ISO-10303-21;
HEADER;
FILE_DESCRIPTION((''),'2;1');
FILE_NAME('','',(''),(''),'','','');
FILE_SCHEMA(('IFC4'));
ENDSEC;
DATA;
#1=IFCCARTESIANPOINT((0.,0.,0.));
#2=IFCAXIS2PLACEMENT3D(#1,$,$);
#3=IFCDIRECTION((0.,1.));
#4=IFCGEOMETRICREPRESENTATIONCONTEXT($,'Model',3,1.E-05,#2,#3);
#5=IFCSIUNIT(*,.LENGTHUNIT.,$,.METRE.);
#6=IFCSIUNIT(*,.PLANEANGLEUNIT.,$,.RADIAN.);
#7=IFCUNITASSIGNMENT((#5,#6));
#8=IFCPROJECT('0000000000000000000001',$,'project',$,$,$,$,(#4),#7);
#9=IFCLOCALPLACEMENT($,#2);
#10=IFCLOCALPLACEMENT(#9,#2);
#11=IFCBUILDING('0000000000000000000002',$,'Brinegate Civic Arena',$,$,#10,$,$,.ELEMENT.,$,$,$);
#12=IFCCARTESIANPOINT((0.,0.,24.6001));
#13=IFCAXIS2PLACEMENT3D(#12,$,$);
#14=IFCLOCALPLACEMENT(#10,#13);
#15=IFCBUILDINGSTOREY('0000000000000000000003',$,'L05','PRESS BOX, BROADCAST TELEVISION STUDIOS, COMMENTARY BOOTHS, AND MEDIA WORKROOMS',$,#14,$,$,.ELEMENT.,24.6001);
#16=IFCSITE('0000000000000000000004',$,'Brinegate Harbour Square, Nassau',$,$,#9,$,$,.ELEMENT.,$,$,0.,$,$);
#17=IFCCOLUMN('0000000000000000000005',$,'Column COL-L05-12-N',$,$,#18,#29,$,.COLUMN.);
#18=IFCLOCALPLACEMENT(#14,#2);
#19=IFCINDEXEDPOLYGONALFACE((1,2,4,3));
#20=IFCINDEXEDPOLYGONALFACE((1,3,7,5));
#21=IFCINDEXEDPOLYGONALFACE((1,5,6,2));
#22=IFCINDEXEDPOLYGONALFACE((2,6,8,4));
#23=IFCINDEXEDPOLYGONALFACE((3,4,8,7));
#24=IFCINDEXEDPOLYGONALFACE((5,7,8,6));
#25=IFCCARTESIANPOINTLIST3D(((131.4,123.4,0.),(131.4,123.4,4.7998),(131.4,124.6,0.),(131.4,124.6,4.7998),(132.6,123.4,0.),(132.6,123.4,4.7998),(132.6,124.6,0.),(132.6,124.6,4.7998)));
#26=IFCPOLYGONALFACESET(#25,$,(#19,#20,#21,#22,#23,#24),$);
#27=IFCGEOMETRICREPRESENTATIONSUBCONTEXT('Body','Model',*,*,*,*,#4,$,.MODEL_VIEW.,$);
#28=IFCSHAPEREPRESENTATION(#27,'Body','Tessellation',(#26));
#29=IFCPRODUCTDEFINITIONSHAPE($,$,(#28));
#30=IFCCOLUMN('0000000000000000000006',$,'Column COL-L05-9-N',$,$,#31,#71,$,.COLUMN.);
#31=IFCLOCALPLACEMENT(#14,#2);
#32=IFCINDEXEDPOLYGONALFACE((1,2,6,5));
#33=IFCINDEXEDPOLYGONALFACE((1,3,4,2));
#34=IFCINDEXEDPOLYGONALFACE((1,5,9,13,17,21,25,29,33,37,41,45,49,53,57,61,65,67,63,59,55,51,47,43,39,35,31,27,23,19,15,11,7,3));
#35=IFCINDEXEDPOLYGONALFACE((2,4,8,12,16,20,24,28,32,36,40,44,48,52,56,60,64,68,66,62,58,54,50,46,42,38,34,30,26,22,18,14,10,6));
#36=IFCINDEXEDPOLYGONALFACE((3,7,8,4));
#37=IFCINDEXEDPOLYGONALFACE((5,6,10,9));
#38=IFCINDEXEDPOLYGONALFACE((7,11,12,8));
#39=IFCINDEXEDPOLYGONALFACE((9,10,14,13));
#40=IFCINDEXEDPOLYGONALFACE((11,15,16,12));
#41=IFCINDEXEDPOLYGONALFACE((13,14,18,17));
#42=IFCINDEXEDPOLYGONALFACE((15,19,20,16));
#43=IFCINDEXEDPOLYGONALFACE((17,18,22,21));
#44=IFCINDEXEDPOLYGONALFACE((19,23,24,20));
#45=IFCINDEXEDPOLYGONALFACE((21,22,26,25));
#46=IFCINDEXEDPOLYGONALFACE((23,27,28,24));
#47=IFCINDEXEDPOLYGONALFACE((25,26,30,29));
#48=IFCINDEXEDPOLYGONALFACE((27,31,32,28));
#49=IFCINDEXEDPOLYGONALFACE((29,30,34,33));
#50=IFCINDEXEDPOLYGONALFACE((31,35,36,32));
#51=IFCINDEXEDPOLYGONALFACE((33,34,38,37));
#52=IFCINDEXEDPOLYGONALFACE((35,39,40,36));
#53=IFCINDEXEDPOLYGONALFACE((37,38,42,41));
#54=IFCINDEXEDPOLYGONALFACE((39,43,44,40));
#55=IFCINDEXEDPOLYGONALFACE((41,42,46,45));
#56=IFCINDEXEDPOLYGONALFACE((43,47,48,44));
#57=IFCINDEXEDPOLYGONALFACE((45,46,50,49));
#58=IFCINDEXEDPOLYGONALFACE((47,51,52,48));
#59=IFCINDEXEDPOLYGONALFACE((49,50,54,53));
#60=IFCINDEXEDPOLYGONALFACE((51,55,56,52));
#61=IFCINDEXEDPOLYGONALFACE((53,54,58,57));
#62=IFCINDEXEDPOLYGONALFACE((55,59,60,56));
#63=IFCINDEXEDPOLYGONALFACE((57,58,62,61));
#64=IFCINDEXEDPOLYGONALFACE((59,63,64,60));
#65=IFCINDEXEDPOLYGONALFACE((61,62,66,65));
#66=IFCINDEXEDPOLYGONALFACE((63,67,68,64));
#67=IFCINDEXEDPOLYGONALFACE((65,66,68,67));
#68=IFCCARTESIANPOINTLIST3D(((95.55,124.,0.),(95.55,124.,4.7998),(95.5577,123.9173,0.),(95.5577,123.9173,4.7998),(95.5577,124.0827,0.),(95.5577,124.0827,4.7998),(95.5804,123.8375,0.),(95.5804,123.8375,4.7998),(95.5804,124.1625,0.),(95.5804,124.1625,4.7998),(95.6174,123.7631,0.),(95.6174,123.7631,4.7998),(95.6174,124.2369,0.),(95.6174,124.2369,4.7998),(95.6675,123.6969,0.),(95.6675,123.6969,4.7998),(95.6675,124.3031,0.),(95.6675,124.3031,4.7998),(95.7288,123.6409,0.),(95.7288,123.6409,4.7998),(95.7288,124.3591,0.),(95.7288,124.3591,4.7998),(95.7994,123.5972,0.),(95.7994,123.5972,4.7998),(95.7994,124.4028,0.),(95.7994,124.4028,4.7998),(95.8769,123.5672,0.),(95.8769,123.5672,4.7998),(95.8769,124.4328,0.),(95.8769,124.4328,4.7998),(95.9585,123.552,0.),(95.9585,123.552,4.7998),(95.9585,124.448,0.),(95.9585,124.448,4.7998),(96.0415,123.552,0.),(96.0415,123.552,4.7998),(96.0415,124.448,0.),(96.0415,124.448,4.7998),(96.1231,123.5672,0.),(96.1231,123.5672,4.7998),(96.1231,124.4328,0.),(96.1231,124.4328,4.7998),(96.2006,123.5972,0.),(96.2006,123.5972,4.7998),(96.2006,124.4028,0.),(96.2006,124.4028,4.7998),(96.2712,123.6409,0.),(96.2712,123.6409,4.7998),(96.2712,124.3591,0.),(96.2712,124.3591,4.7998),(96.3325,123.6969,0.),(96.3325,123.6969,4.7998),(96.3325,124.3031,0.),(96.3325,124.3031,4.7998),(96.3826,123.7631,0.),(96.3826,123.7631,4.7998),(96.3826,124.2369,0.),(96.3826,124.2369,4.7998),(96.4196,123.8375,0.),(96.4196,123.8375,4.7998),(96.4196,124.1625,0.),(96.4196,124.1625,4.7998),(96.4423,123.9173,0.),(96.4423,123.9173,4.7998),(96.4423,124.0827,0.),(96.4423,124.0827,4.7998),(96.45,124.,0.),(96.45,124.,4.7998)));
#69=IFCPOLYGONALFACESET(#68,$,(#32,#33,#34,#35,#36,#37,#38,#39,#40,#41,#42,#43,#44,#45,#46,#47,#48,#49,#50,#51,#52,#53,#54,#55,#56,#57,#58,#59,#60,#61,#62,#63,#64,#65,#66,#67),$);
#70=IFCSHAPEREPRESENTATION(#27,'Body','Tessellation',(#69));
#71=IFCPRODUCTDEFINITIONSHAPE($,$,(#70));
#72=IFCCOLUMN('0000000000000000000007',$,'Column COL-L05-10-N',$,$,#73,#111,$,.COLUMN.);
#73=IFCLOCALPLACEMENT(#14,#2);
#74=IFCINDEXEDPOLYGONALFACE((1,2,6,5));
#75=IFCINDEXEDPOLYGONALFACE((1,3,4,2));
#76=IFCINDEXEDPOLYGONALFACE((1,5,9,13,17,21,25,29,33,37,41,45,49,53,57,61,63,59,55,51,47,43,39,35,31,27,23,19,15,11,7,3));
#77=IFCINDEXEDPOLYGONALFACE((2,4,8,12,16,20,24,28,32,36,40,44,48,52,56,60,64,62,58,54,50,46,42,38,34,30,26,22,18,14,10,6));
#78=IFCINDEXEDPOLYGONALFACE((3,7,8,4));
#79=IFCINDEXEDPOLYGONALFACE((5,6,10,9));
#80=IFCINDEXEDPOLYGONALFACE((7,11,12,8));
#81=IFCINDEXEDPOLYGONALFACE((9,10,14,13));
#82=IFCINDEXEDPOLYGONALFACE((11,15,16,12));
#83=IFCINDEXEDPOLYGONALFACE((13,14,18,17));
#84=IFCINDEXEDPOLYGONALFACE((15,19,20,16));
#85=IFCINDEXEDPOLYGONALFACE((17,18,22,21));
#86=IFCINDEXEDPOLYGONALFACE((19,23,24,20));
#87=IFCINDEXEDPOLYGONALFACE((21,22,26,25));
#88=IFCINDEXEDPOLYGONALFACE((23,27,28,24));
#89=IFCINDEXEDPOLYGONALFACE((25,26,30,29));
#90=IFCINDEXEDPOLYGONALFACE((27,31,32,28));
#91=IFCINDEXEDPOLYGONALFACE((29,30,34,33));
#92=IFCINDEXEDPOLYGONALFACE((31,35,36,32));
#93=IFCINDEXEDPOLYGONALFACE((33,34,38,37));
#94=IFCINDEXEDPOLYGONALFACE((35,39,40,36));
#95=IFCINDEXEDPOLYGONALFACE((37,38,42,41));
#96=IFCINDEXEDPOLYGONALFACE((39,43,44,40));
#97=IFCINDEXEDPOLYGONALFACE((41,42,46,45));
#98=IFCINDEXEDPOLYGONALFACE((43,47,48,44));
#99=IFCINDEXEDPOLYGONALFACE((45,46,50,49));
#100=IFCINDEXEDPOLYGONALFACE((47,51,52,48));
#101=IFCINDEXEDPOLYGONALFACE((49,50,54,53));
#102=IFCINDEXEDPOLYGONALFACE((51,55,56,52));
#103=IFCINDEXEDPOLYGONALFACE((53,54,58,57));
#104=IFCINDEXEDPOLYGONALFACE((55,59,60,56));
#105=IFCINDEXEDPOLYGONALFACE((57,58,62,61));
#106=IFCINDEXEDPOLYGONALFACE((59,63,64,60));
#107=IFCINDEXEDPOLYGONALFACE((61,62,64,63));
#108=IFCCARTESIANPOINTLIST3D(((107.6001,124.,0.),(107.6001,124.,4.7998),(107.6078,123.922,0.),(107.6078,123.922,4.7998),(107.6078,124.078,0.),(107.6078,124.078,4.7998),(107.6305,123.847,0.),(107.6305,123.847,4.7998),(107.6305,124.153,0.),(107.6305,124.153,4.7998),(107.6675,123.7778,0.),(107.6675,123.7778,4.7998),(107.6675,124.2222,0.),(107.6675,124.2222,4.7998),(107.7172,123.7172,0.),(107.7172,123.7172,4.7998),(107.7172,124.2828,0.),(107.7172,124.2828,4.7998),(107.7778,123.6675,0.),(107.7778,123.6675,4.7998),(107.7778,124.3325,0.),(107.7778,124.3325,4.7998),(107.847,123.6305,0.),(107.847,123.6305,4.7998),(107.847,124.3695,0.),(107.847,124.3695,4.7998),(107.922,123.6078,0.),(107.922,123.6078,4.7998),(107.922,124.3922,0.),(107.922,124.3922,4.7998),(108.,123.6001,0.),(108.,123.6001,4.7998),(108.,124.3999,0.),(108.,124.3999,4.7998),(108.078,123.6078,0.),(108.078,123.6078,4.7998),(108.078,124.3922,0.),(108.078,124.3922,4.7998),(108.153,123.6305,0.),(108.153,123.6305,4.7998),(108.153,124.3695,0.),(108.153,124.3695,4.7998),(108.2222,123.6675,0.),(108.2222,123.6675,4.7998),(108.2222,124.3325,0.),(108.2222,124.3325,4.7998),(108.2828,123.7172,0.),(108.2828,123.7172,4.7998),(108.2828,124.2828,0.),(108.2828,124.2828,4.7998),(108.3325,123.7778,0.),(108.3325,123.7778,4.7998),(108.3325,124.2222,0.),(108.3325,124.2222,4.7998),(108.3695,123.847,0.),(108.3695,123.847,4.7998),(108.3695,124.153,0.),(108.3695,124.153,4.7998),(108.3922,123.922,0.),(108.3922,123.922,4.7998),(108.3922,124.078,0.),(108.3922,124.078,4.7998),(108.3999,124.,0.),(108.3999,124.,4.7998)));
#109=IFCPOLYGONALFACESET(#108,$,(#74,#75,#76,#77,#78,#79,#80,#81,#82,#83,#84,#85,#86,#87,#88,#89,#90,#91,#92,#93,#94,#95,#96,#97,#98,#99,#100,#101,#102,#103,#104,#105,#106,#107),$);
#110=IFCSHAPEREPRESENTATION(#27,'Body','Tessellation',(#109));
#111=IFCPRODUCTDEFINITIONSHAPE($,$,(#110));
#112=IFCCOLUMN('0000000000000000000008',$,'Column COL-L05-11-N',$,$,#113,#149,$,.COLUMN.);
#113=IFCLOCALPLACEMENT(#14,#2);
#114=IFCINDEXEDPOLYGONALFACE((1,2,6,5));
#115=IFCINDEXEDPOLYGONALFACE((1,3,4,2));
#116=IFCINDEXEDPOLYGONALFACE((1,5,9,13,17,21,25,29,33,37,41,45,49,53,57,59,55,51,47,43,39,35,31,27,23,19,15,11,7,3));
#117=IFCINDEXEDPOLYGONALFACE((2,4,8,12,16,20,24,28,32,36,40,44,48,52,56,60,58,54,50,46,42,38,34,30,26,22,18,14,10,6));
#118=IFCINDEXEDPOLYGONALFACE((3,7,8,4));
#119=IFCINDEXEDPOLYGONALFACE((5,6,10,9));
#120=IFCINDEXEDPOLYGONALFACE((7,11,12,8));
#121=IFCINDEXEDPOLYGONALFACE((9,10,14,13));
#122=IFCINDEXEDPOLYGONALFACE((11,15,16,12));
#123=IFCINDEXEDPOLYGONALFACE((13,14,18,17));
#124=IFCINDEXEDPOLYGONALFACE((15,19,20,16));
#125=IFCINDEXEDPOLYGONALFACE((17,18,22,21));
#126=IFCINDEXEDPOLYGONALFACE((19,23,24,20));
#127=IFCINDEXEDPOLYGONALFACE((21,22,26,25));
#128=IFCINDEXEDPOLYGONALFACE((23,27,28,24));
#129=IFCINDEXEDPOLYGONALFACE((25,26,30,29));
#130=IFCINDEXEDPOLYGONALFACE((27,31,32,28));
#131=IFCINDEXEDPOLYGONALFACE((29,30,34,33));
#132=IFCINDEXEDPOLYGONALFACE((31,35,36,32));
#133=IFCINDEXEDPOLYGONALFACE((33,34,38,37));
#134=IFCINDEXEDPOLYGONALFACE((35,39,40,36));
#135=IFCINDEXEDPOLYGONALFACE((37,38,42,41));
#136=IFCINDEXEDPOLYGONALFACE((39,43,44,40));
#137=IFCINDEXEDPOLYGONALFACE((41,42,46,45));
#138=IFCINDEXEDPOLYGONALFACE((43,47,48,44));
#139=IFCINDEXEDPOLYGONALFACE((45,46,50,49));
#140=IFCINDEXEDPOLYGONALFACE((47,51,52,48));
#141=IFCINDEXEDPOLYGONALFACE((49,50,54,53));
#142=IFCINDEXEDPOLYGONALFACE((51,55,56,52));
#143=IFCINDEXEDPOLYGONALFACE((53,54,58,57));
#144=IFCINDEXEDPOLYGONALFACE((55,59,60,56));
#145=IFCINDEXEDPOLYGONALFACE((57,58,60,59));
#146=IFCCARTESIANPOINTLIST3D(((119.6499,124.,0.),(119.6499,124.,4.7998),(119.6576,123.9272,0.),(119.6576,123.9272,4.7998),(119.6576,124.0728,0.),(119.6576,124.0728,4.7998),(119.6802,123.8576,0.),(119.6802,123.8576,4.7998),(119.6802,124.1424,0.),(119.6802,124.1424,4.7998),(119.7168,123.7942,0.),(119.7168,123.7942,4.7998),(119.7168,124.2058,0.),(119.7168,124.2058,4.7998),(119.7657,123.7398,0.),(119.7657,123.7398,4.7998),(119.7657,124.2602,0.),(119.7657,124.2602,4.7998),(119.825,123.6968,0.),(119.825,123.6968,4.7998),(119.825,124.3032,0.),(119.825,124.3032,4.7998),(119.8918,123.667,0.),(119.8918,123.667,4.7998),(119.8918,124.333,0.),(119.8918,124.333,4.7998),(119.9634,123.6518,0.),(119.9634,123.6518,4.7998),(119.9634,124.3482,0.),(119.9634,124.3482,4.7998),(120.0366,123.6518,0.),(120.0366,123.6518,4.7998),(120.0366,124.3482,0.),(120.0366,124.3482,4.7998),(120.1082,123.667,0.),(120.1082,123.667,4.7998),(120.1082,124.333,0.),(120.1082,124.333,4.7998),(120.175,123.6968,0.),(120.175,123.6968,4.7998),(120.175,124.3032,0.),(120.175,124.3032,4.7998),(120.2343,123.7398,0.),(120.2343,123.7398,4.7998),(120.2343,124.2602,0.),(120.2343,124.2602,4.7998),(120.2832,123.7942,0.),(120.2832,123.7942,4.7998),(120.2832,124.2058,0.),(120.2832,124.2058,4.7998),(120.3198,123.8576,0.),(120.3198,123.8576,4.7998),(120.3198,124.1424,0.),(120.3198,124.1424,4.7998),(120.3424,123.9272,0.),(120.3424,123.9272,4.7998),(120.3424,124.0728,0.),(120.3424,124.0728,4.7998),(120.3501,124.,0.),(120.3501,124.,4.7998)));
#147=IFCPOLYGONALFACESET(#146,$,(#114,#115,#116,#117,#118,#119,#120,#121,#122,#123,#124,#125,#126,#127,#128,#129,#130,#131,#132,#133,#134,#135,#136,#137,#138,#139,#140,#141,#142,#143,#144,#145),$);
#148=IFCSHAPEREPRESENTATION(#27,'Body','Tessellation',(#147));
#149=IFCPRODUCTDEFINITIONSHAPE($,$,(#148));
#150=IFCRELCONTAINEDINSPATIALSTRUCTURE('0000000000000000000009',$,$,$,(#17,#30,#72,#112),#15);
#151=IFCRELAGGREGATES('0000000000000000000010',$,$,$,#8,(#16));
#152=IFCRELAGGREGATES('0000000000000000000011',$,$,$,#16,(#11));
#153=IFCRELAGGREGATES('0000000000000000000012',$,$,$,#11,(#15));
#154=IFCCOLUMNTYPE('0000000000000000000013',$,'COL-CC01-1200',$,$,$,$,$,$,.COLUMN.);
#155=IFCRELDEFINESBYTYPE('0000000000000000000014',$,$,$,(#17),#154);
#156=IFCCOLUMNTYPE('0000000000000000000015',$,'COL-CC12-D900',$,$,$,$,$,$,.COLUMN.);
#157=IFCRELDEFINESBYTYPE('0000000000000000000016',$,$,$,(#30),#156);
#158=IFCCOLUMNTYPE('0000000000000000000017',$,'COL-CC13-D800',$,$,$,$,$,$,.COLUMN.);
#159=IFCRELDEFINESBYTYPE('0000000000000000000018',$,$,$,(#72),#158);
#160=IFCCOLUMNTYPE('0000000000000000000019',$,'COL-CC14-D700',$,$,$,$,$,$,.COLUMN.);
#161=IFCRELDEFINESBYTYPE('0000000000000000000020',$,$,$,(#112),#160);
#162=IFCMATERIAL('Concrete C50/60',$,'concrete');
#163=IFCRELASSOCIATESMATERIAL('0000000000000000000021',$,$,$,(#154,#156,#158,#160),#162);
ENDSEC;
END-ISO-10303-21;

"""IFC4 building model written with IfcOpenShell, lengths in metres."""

from ifc_helpers import new_model, si_unit, direction, frame, origin, origin_2d, place, context, subcontext, project, spatial, rectangle, circle, extrude, material, material_profile, profile_set, type_object, element, save


model = new_model("IFC4")

# Units and contexts
model_context = context("Model", 3, precision=1e-05, world=origin(), true_north=direction((0.0, 1.0)))
body_context = subcontext(model_context, "Body", "Model", "MODEL_VIEW")
ifc_project = project(units=[si_unit("LENGTHUNIT", "METRE"), si_unit("PLANEANGLEUNIT", "RADIAN")], contexts=[model_context])

# Site, building, storey
site_placement = place(None, origin())
site = spatial("IfcSite", under=ifc_project, at=site_placement, Name="Brinegate Harbour Square, Nassau", CompositionType="ELEMENT", RefElevation=0.0)
building_placement = place(site_placement, origin())
building = spatial("IfcBuilding", under=site, at=building_placement, Name="Brinegate Civic Arena", CompositionType="ELEMENT")
storey_placement = place(building_placement, frame((0.0, 0.0, 24.6001)))
storey = spatial("IfcBuildingStorey", under=building, at=storey_placement, Name="L05", Description="PRESS BOX, BROADCAST TELEVISION STUDIOS, COMMENTARY BOOTHS, AND MEDIA WORKROOMS", CompositionType="ELEMENT", Elevation=24.6001)

# Columns
ifc_material_1 = material(Name="Concrete C50/60", Category="concrete")
ifc_material_profile_1 = material_profile(ifc_material_1, rectangle(XDim=1.2, YDim=1.2, at=origin_2d()), Name="RC1200X1200")
ifc_profile_set_1 = profile_set([ifc_material_profile_1], Name="Concrete C50/60")
column_type_1 = type_object("IfcColumnType", Name="COL-CC01-1200", PredefinedType="COLUMN", material=ifc_profile_set_1)
column_1_placement = place(storey_placement, frame((132.0, 124.0, 0.0), z_axis=(0.0, 0.0, 1.0), x_axis=(1.0, 0.0, 0.0)))
element("IfcColumn", 1, at=column_1_placement, inside=storey, type_object=column_type_1, Name="Column COL-L05-12-N", PredefinedType="COLUMN", context=body_context, shape_type="SweptSolid", body=[
    extrude(rectangle(XDim=1.2, YDim=1.2, at=origin_2d()), origin(), (0.0, 0.0, 1.0), 4.7998),
])
ifc_material_profile_2 = material_profile(ifc_material_1, circle(Radius=0.45, at=origin_2d()), Name="RCD900")
ifc_profile_set_2 = profile_set([ifc_material_profile_2], Name="Concrete C50/60")
column_type_2 = type_object("IfcColumnType", Name="COL-CC12-D900", PredefinedType="COLUMN", material=ifc_profile_set_2)
column_2_placement = place(storey_placement, frame((96.0, 124.0, 0.0), z_axis=(0.0, 0.0, 1.0), x_axis=(1.0, 0.0, 0.0)))
element("IfcColumn", 2, at=column_2_placement, inside=storey, type_object=column_type_2, Name="Column COL-L05-9-N", PredefinedType="COLUMN", context=body_context, shape_type="SweptSolid", body=[
    extrude(circle(Radius=0.45, at=origin_2d()), origin(), (0.0, 0.0, 1.0), 4.7998),
])
ifc_material_profile_3 = material_profile(ifc_material_1, circle(Radius=0.3999, at=origin_2d()), Name="RCD800")
ifc_profile_set_3 = profile_set([ifc_material_profile_3], Name="Concrete C50/60")
column_type_3 = type_object("IfcColumnType", Name="COL-CC13-D800", PredefinedType="COLUMN", material=ifc_profile_set_3)
column_3_placement = place(storey_placement, frame((108.0, 124.0, 0.0), z_axis=(0.0, 0.0, 1.0), x_axis=(1.0, 0.0, 0.0)))
element("IfcColumn", 3, at=column_3_placement, inside=storey, type_object=column_type_3, Name="Column COL-L05-10-N", PredefinedType="COLUMN", context=body_context, shape_type="SweptSolid", body=[
    extrude(circle(Radius=0.3999, at=origin_2d()), origin(), (0.0, 0.0, 1.0), 4.7998),
])
ifc_material_profile_4 = material_profile(ifc_material_1, circle(Radius=0.3501, at=origin_2d()), Name="RCD700")
ifc_profile_set_4 = profile_set([ifc_material_profile_4], Name="Concrete C50/60")
column_type_4 = type_object("IfcColumnType", Name="COL-CC14-D700", PredefinedType="COLUMN", material=ifc_profile_set_4)
column_4_placement = place(storey_placement, frame((120.0, 124.0, 0.0), z_axis=(0.0, 0.0, 1.0), x_axis=(1.0, 0.0, 0.0)))
element("IfcColumn", 4, at=column_4_placement, inside=storey, type_object=column_type_4, Name="Column COL-L05-11-N", PredefinedType="COLUMN", context=body_context, shape_type="SweptSolid", body=[
    extrude(circle(Radius=0.3501, at=origin_2d()), origin(), (0.0, 0.0, 1.0), 4.7998),
])

save(model, "model.ifc")
